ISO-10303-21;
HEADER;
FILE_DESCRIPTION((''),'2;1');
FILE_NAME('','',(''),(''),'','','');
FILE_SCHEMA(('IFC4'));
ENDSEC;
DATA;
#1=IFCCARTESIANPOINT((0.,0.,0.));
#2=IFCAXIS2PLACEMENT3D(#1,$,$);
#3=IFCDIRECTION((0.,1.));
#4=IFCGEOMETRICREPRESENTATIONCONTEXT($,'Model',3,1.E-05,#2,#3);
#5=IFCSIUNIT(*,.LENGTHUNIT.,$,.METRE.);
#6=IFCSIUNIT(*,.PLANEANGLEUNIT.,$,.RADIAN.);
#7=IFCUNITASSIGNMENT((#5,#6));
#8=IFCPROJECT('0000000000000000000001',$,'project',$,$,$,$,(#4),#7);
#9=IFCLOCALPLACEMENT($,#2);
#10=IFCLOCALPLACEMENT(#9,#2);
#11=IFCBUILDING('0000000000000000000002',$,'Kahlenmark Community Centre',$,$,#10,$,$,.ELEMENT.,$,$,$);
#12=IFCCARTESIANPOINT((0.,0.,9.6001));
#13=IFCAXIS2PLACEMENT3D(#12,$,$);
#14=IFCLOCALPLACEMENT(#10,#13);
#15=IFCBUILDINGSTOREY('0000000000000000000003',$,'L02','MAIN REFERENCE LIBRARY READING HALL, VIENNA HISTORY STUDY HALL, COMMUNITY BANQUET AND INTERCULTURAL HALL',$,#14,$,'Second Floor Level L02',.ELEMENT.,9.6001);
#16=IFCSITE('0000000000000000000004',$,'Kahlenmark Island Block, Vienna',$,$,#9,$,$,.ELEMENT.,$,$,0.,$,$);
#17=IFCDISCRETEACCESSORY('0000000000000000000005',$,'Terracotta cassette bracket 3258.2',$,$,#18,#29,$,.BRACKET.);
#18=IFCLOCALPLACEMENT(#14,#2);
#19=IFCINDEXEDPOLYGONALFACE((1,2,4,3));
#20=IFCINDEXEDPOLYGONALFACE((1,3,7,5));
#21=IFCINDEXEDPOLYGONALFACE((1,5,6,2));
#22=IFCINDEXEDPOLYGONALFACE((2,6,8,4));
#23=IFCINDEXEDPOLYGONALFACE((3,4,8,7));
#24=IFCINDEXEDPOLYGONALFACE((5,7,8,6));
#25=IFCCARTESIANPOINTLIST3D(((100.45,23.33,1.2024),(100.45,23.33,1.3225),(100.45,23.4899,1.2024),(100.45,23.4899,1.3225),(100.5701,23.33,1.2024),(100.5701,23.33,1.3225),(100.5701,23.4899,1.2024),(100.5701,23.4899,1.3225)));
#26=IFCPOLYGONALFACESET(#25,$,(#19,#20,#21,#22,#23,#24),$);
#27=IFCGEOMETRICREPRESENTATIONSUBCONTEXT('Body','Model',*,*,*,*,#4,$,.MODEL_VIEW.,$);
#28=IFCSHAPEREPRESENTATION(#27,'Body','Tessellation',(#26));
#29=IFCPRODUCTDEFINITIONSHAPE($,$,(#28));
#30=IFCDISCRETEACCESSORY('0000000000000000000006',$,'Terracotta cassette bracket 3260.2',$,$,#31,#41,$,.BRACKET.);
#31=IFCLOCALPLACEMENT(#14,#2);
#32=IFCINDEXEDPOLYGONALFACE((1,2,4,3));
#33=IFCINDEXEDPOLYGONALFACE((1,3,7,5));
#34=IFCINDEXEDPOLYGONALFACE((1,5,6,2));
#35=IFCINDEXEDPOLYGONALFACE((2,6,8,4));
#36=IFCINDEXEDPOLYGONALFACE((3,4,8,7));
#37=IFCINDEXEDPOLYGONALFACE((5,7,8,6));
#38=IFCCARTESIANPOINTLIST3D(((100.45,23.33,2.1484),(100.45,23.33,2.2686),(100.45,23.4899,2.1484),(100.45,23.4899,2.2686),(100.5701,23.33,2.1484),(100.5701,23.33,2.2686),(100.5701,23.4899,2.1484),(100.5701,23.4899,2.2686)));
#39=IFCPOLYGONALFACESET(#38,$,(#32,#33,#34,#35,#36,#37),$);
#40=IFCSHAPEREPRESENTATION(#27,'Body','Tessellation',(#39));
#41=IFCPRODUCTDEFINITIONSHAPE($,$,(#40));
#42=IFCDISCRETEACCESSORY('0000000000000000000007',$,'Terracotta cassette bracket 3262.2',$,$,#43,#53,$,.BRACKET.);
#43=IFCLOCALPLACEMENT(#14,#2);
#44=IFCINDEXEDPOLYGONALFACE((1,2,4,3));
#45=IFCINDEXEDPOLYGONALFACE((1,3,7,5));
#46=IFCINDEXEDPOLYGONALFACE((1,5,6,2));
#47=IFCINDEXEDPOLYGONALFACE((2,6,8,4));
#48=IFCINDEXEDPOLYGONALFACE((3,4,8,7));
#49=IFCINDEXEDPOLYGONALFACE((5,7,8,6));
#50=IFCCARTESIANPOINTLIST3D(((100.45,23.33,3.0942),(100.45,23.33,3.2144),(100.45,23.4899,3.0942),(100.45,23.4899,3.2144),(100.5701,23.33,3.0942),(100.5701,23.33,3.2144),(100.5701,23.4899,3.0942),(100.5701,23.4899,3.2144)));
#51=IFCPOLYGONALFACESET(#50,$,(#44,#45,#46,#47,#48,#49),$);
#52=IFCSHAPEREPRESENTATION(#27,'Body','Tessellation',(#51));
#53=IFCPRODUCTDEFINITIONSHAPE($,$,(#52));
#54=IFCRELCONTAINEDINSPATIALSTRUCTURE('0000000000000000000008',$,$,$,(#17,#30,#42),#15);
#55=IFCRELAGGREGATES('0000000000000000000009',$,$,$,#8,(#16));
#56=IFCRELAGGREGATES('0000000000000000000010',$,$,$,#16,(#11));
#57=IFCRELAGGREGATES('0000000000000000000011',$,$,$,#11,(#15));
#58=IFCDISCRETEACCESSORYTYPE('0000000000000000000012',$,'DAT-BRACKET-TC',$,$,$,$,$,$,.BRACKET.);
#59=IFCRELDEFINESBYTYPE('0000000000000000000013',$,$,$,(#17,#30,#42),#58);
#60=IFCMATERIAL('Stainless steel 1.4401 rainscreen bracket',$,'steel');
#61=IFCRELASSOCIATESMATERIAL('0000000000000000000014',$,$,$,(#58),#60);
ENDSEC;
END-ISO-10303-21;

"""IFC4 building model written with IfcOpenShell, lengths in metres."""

from ifc_helpers import new_model, si_unit, direction, frame, origin, origin_2d, place, context, subcontext, project, spatial, rectangle, extrude, material, type_object, element, save


model = new_model("IFC4")

# Units and contexts
model_context = context("Model", 3, precision=1e-05, world=origin(), true_north=direction((0.0, 1.0)))
body_context = subcontext(model_context, "Body", "Model", "MODEL_VIEW")
ifc_project = project(units=[si_unit("LENGTHUNIT", "METRE"), si_unit("PLANEANGLEUNIT", "RADIAN")], contexts=[model_context])

# Site, building, storey
site_placement = place(None, origin())
site = spatial("IfcSite", under=ifc_project, at=site_placement, Name="Kahlenmark Island Block, Vienna", CompositionType="ELEMENT", RefElevation=0.0)
building_placement = place(site_placement, origin())
building = spatial("IfcBuilding", under=site, at=building_placement, Name="Kahlenmark Community Centre", CompositionType="ELEMENT")
storey_placement = place(building_placement, frame((0.0, 0.0, 9.6001)))
storey = spatial("IfcBuildingStorey", under=building, at=storey_placement, Name="L02", Description="MAIN REFERENCE LIBRARY READING HALL, VIENNA HISTORY STUDY HALL, COMMUNITY BANQUET AND INTERCULTURAL HALL", LongName="Second Floor Level L02", CompositionType="ELEMENT", Elevation=9.6001)

# Discrete accessories
ifc_material_1 = material(Name="Stainless steel 1.4401 rainscreen bracket", Category="steel")
discrete_accessory_type = type_object("IfcDiscreteAccessoryType", Name="DAT-BRACKET-TC", PredefinedType="BRACKET", material=ifc_material_1)
for number, where, z_axis, x_axis, name in (
    (1, (100.51, 23.4099, 1.2024), (0.0, 0.0, 1.0), (-1.0, 0.0, 0.0), "Terracotta cassette bracket 3258.2"),
    (2, (100.51, 23.4099, 2.1484), (0.0, 0.0, 1.0), (-1.0, 0.0, 0.0), "Terracotta cassette bracket 3260.2"),
    (3, (100.51, 23.4099, 3.0942), (0.0, 0.0, 1.0), (-1.0, 0.0, 0.0), "Terracotta cassette bracket 3262.2"),
):
    element("IfcDiscreteAccessory", number, at=place(storey_placement, frame(where, z_axis=z_axis, x_axis=x_axis)), inside=storey, type_object=discrete_accessory_type, Name=name, PredefinedType="BRACKET", context=body_context, shape_type="SweptSolid", body=[
        extrude(rectangle(XDim=0.1201, YDim=0.1599, at=origin_2d()), origin(), (0.0, 0.0, 1.0), 0.1201),
    ])

save(model, "model.ifc")
